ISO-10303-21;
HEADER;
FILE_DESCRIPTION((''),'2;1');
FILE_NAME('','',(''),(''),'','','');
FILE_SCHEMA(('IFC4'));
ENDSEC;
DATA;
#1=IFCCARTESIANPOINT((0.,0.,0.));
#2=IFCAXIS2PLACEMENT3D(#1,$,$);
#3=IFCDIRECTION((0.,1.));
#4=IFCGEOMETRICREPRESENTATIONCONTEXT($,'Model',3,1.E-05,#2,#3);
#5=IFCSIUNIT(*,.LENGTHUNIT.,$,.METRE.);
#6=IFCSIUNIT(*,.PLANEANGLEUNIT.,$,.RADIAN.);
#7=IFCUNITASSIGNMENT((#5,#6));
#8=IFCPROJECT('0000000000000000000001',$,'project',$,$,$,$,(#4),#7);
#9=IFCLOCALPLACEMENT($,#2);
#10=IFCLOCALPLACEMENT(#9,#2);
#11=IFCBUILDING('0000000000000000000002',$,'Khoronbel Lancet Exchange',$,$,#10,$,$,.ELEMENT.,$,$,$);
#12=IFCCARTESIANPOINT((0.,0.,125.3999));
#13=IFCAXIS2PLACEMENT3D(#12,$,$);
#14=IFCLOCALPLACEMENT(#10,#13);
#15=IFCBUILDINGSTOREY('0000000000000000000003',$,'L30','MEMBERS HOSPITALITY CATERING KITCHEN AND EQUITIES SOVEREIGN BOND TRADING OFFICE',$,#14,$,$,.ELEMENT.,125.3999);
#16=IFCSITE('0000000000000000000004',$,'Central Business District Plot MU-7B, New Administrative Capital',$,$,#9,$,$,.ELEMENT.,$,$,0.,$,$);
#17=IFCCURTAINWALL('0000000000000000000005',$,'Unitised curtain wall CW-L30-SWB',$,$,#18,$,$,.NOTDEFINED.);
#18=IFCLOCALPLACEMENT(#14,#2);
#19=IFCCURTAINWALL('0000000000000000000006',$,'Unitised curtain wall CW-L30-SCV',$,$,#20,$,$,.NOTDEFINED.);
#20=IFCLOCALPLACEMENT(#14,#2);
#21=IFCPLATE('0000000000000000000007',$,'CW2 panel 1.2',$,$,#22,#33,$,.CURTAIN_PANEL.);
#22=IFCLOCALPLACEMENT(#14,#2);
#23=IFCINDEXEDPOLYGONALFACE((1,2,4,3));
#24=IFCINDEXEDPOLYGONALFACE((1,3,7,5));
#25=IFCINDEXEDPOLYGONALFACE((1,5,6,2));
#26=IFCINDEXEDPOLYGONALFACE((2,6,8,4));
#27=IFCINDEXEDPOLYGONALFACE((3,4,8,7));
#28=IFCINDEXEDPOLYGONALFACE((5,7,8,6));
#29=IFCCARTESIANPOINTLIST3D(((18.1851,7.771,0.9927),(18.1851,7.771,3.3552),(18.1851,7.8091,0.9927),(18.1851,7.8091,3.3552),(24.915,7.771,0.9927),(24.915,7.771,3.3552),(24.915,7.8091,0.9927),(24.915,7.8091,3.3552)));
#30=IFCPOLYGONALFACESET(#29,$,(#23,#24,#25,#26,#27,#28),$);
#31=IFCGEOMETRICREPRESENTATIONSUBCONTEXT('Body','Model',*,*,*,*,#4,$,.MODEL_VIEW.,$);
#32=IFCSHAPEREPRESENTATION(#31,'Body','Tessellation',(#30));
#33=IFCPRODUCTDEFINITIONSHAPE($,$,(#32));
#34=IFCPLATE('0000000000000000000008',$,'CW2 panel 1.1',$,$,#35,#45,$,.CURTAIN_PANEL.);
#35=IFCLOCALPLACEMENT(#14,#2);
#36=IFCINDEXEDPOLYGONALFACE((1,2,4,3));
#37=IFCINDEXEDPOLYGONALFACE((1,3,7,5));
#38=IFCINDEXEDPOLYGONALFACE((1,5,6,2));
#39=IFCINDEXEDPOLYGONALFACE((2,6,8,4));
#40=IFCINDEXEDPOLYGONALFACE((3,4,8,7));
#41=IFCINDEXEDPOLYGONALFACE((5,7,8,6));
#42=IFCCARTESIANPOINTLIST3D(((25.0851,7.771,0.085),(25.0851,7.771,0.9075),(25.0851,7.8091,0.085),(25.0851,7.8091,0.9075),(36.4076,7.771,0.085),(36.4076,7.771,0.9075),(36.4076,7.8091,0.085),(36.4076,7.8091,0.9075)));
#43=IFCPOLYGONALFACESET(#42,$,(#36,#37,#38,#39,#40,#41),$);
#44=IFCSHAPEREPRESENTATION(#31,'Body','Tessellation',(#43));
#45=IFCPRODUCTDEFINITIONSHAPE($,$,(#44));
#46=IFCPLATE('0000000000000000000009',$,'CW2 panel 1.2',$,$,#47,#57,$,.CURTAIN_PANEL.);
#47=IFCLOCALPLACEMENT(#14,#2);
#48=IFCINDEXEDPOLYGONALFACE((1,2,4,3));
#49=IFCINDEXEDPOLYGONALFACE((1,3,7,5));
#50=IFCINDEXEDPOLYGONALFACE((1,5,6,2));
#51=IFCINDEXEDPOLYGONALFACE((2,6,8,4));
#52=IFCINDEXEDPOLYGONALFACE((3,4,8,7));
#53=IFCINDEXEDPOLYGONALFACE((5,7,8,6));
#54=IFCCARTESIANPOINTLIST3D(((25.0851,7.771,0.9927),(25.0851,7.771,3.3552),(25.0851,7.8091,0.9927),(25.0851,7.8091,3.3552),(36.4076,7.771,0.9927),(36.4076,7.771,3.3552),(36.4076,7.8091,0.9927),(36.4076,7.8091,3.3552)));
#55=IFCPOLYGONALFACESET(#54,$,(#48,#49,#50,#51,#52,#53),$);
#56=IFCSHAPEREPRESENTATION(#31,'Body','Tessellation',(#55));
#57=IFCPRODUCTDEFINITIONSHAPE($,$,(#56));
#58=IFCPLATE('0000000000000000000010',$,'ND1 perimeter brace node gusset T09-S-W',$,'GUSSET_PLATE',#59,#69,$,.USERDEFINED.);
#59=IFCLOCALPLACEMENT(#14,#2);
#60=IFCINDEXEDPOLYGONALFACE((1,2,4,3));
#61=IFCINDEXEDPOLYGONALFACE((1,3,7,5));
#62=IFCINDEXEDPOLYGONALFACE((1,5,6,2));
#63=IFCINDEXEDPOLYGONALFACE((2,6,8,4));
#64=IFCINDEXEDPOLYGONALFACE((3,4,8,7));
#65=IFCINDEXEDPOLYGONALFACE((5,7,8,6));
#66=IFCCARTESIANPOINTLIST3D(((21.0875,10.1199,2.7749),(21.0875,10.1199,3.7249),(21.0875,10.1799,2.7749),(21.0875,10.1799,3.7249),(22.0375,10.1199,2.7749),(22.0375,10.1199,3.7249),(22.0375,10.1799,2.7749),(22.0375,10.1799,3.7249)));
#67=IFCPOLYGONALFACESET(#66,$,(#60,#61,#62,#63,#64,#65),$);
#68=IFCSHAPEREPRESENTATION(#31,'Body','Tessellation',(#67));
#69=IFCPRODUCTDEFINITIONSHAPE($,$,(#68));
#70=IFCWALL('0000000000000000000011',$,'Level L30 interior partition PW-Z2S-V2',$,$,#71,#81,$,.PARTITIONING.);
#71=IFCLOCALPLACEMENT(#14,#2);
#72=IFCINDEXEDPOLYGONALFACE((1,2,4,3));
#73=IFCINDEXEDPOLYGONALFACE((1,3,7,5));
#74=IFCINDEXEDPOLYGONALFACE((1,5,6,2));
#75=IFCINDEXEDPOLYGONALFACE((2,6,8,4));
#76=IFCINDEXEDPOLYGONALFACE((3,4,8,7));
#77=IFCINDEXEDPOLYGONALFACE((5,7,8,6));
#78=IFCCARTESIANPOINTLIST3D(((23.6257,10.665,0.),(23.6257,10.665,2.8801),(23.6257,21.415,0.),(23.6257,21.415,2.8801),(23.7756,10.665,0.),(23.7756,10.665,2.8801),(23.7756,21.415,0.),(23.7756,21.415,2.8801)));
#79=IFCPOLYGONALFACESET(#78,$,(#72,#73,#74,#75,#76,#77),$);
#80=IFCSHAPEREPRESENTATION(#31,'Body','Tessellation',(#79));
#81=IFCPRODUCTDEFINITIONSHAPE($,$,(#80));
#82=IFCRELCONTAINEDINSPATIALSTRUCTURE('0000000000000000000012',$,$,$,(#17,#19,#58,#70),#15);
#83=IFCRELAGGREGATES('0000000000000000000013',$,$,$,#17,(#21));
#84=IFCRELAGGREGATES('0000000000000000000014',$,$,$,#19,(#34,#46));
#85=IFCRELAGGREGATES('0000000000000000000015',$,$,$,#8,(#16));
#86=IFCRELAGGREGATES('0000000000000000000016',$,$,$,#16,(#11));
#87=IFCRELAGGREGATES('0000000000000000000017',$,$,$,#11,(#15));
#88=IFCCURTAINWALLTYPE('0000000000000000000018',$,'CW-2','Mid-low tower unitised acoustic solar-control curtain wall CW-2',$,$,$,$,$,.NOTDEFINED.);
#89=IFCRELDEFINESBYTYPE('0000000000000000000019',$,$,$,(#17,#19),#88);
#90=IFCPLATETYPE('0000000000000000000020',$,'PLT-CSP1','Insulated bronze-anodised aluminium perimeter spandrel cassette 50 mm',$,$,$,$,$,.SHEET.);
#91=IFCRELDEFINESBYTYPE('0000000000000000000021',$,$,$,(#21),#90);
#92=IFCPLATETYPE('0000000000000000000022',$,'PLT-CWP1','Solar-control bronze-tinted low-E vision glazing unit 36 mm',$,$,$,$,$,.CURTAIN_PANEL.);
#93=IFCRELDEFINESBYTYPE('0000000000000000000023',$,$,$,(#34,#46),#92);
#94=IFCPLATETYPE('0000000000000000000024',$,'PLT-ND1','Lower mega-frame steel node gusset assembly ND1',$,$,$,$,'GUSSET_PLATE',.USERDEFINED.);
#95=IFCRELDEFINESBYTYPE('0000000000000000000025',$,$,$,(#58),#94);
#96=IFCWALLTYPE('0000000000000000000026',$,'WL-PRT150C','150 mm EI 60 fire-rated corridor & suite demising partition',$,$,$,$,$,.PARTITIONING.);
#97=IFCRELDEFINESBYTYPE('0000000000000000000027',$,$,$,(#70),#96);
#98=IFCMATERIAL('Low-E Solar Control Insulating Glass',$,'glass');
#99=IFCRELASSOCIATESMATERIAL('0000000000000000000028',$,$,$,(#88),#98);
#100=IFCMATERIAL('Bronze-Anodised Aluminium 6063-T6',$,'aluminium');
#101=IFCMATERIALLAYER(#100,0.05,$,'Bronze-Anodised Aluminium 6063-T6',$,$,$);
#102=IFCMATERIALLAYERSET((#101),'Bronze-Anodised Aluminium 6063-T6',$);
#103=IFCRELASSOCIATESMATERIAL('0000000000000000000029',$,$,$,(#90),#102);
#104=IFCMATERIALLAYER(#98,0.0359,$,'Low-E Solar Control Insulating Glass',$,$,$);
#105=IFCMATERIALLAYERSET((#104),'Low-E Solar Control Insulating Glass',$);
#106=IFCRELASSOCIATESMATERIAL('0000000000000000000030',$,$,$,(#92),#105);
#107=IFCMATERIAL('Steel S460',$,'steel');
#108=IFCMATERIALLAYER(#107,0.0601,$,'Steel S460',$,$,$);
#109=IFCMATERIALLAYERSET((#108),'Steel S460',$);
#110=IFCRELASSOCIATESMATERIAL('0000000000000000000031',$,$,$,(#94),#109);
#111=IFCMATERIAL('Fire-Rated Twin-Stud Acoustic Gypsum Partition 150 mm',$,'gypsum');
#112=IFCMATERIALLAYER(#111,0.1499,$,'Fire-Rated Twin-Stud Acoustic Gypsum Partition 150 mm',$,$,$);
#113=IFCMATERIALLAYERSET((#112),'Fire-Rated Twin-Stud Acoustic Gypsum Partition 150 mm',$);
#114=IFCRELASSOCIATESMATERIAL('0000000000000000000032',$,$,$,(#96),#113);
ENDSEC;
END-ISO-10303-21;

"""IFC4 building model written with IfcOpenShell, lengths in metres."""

from ifc_helpers import new_model, si_unit, direction, frame, frame_2d, origin, origin_2d, place, context, subcontext, project, spatial, rectangle, extrude, material, layer, layer_set, type_object, element, aggregate, save


model = new_model("IFC4")

# Units and contexts
model_context = context("Model", 3, precision=1e-05, world=origin(), true_north=direction((0.0, 1.0)))
body_context = subcontext(model_context, "Body", "Model", "MODEL_VIEW")
ifc_project = project(units=[si_unit("LENGTHUNIT", "METRE"), si_unit("PLANEANGLEUNIT", "RADIAN")], contexts=[model_context])

# Site, building, storey
site_placement = place(None, origin())
site = spatial("IfcSite", under=ifc_project, at=site_placement, Name="Central Business District Plot MU-7B, New Administrative Capital", CompositionType="ELEMENT", RefElevation=0.0)
building_placement = place(site_placement, origin())
building = spatial("IfcBuilding", under=site, at=building_placement, Name="Khoronbel Lancet Exchange", CompositionType="ELEMENT")
storey_placement = place(building_placement, frame((0.0, 0.0, 125.3999)))
storey = spatial("IfcBuildingStorey", under=building, at=storey_placement, Name="L30", Description="MEMBERS HOSPITALITY CATERING KITCHEN AND EQUITIES SOVEREIGN BOND TRADING OFFICE", CompositionType="ELEMENT", Elevation=125.3999)

# Shared definitions
ifc_material_1 = material(Name="Steel S460", Category="steel")

# Curtain walls
ifc_material_2 = material(Name="Low-E Solar Control Insulating Glass", Category="glass")
curtain_wall_type = type_object("IfcCurtainWallType", Name="CW-2", Description="Mid-low tower unitised acoustic solar-control curtain wall CW-2", PredefinedType="NOTDEFINED", material=ifc_material_2)
curtain_wall_1_placement = place(storey_placement, origin())
curtain_wall_1 = element("IfcCurtainWall", 1, at=curtain_wall_1_placement, inside=storey, type_object=curtain_wall_type, Name="Unitised curtain wall CW-L30-SWB", PredefinedType="NOTDEFINED")
ifc_material_3 = material(Name="Bronze-Anodised Aluminium 6063-T6", Category="aluminium")
curtain_wall_2_placement = place(storey_placement, origin())
curtain_wall_2 = element("IfcCurtainWall", 2, at=curtain_wall_2_placement, inside=storey, type_object=curtain_wall_type, Name="Unitised curtain wall CW-L30-SCV", PredefinedType="NOTDEFINED")

# Plates
ifc_layer_1 = layer(ifc_material_3, 0.05, Name="Bronze-Anodised Aluminium 6063-T6")
ifc_layer_set_1 = layer_set([ifc_layer_1], Name="Bronze-Anodised Aluminium 6063-T6")
plate_type_1 = type_object("IfcPlateType", Name="PLT-CSP1", Description="Insulated bronze-anodised aluminium perimeter spandrel cassette 50 mm", PredefinedType="SHEET", material=ifc_layer_set_1)
plate_1_placement = place(storey_placement, frame((21.55, 7.79, 0.9927), z_axis=(0.0, 0.0, 1.0), x_axis=(1.0, 0.0, 0.0)))
plate_1 = element("IfcPlate", 3, at=plate_1_placement, type_object=plate_type_1, Name="CW2 panel 1.2", PredefinedType="CURTAIN_PANEL", context=body_context, shape_type="SweptSolid", body=[
    extrude(rectangle(XDim=6.73, YDim=0.0381, at=origin_2d()), origin(), (0.0, 0.0, 1.0), 2.3625),
])
aggregate(curtain_wall_1, [plate_1])
ifc_layer_2 = layer(ifc_material_2, 0.0359, Name="Low-E Solar Control Insulating Glass")
ifc_layer_set_2 = layer_set([ifc_layer_2], Name="Low-E Solar Control Insulating Glass")
plate_type_2 = type_object("IfcPlateType", Name="PLT-CWP1", Description="Solar-control bronze-tinted low-E vision glazing unit 36 mm", PredefinedType="CURTAIN_PANEL", material=ifc_layer_set_2)
plate_2_placement = place(storey_placement, frame((30.7463, 7.79, 0.085), z_axis=(0.0, 0.0, 1.0), x_axis=(1.0, 0.0, 0.0)))
plate_2 = element("IfcPlate", 4, at=plate_2_placement, type_object=plate_type_2, Name="CW2 panel 1.1", PredefinedType="CURTAIN_PANEL", context=body_context, shape_type="SweptSolid", body=[
    extrude(rectangle(XDim=11.3225, YDim=0.0381, at=origin_2d()), origin(), (0.0, 0.0, 1.0), 0.8225),
])
plate_3_placement = place(storey_placement, frame((30.7463, 7.79, 0.9927), z_axis=(0.0, 0.0, 1.0), x_axis=(1.0, 0.0, 0.0)))
plate_3 = element("IfcPlate", 5, at=plate_3_placement, type_object=plate_type_2, Name="CW2 panel 1.2", PredefinedType="CURTAIN_PANEL", context=body_context, shape_type="SweptSolid", body=[
    extrude(rectangle(XDim=11.3225, YDim=0.0381, at=origin_2d()), origin(), (0.0, 0.0, 1.0), 2.3625),
])
aggregate(curtain_wall_2, [plate_2, plate_3])
ifc_layer_3 = layer(ifc_material_1, 0.0601, Name="Steel S460")
ifc_layer_set_3 = layer_set([ifc_layer_3], Name="Steel S460")
plate_type_3 = type_object("IfcPlateType", Name="PLT-ND1", Description="Lower mega-frame steel node gusset assembly ND1", ElementType="GUSSET_PLATE", PredefinedType="USERDEFINED", material=ifc_layer_set_3)
plate_4_placement = place(storey_placement, frame((21.5625, 10.1499, 2.7749), z_axis=(0.0, 0.0, 1.0), x_axis=(1.0, 0.0, 0.0)))
element("IfcPlate", 6, at=plate_4_placement, inside=storey, type_object=plate_type_3, Name="ND1 perimeter brace node gusset T09-S-W", ObjectType="GUSSET_PLATE", PredefinedType="USERDEFINED", context=body_context, shape_type="SweptSolid", body=[
    extrude(rectangle(XDim=0.95, YDim=0.0601, at=origin_2d()), origin(), (0.0, 0.0, 1.0), 0.95),
])

# Wall
ifc_material_4 = material(Name="Fire-Rated Twin-Stud Acoustic Gypsum Partition 150 mm", Category="gypsum")
ifc_layer_4 = layer(ifc_material_4, 0.1499, Name="Fire-Rated Twin-Stud Acoustic Gypsum Partition 150 mm")
ifc_layer_set_4 = layer_set([ifc_layer_4], Name="Fire-Rated Twin-Stud Acoustic Gypsum Partition 150 mm")
wall_type = type_object("IfcWallType", Name="WL-PRT150C", Description="150 mm EI 60 fire-rated corridor & suite demising partition", PredefinedType="PARTITIONING", material=ifc_layer_set_4)
wall_placement = place(storey_placement, frame((23.7007, 10.665, 0.0), z_axis=(0.0, 0.0, 1.0), x_axis=(0.0, 1.0, 0.0)))
element("IfcWall", 7, at=wall_placement, inside=storey, type_object=wall_type, Name="Level L30 interior partition PW-Z2S-V2", PredefinedType="PARTITIONING", context=body_context, shape_type="SweptSolid", body=[
    extrude(rectangle(XDim=10.75, YDim=0.1499, at=frame_2d((5.375, 0.0))), origin(), (0.0, 0.0, 1.0), 2.8801),
])

save(model, "model.ifc")
